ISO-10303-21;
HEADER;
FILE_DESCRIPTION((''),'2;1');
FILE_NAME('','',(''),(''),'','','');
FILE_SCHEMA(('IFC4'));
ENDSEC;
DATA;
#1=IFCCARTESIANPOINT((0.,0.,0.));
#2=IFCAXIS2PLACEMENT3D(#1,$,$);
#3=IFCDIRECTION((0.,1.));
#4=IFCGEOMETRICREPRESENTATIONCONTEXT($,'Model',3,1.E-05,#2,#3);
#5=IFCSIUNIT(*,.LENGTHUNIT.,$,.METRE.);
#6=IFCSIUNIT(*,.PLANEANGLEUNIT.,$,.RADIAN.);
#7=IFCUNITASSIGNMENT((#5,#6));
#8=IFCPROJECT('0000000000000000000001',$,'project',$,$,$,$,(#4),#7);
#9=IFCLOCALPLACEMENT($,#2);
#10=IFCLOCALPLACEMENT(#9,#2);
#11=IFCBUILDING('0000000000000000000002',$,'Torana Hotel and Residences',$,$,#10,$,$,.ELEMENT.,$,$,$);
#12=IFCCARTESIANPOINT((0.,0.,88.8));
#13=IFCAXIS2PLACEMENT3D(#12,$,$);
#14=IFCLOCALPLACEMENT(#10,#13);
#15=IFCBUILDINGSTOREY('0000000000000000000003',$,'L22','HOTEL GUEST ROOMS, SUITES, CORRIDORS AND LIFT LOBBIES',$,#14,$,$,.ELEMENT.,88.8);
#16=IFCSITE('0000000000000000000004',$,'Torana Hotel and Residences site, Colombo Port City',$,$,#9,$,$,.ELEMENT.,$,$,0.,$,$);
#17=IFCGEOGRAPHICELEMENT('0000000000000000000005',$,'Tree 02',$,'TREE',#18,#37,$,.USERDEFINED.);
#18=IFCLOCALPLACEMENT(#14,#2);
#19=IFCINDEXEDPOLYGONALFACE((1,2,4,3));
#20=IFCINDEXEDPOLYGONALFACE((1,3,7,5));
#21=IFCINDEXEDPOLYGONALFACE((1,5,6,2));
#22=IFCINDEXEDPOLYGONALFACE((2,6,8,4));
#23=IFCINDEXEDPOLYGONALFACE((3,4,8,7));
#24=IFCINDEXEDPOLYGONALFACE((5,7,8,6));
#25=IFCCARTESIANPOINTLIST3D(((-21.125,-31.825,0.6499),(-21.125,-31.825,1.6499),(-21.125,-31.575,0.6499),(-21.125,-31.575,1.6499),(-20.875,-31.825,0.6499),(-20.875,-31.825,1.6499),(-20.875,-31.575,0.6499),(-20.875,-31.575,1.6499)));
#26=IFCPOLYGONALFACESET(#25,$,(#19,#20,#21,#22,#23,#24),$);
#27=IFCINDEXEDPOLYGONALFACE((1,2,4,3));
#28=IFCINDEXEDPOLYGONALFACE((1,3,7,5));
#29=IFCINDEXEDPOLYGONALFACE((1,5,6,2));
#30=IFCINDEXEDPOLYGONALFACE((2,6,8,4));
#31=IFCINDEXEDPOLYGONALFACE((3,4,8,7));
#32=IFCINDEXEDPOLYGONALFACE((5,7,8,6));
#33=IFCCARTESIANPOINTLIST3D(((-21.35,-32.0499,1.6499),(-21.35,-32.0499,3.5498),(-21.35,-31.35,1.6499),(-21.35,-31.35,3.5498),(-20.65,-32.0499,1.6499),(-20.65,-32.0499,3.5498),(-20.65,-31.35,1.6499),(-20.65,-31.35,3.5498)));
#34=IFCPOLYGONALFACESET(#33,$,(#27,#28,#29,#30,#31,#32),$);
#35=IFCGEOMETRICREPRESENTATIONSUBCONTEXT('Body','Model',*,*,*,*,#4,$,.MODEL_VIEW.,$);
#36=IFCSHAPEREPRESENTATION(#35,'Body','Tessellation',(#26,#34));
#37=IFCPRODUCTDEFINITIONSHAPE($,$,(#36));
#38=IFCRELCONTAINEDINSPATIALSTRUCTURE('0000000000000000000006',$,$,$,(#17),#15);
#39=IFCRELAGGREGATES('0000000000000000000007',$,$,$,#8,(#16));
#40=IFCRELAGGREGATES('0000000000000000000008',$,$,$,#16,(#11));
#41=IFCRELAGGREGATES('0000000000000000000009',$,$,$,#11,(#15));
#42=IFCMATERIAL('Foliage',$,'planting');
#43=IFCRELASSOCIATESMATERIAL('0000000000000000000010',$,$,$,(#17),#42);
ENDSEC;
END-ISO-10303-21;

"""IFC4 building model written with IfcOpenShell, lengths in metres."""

from ifc_helpers import new_model, si_unit, direction, frame, origin, origin_2d, place, context, subcontext, project, spatial, rectangle, extrude, material, element, save


model = new_model("IFC4")

# Units and contexts
model_context = context("Model", 3, precision=1e-05, world=origin(), true_north=direction((0.0, 1.0)))
body_context = subcontext(model_context, "Body", "Model", "MODEL_VIEW")
ifc_project = project(units=[si_unit("LENGTHUNIT", "METRE"), si_unit("PLANEANGLEUNIT", "RADIAN")], contexts=[model_context])

# Site, building, storey
site_placement = place(None, origin())
site = spatial("IfcSite", under=ifc_project, at=site_placement, Name="Torana Hotel and Residences site, Colombo Port City", CompositionType="ELEMENT", RefElevation=0.0)
building_placement = place(site_placement, origin())
building = spatial("IfcBuilding", under=site, at=building_placement, Name="Torana Hotel and Residences", CompositionType="ELEMENT")
storey_placement = place(building_placement, frame((0.0, 0.0, 88.8)))
storey = spatial("IfcBuildingStorey", under=building, at=storey_placement, Name="L22", Description="HOTEL GUEST ROOMS, SUITES, CORRIDORS AND LIFT LOBBIES", CompositionType="ELEMENT", Elevation=88.8)

# Geographic element
ifc_material_1 = material(Name="Foliage", Category="planting")
geographic_element_placement = place(storey_placement, frame((-21.0, -31.7, 0.6499), z_axis=(0.0, 0.0, 1.0), x_axis=(1.0, 0.0, 0.0)))
element("IfcGeographicElement", 1, at=geographic_element_placement, inside=storey, material=ifc_material_1, Name="Tree 02", ObjectType="TREE", PredefinedType="USERDEFINED", context=body_context, shape_type="SweptSolid", body=[
    extrude(rectangle(XDim=0.25, YDim=0.25, at=origin_2d()), origin(), (0.0, 0.0, 1.0), 1.0),
    extrude(rectangle(XDim=0.7, YDim=0.7, at=origin_2d()), frame((0.0, 0.0, 1.0)), (0.0, 0.0, 1.0), 1.8999),
])

save(model, "model.ifc")
